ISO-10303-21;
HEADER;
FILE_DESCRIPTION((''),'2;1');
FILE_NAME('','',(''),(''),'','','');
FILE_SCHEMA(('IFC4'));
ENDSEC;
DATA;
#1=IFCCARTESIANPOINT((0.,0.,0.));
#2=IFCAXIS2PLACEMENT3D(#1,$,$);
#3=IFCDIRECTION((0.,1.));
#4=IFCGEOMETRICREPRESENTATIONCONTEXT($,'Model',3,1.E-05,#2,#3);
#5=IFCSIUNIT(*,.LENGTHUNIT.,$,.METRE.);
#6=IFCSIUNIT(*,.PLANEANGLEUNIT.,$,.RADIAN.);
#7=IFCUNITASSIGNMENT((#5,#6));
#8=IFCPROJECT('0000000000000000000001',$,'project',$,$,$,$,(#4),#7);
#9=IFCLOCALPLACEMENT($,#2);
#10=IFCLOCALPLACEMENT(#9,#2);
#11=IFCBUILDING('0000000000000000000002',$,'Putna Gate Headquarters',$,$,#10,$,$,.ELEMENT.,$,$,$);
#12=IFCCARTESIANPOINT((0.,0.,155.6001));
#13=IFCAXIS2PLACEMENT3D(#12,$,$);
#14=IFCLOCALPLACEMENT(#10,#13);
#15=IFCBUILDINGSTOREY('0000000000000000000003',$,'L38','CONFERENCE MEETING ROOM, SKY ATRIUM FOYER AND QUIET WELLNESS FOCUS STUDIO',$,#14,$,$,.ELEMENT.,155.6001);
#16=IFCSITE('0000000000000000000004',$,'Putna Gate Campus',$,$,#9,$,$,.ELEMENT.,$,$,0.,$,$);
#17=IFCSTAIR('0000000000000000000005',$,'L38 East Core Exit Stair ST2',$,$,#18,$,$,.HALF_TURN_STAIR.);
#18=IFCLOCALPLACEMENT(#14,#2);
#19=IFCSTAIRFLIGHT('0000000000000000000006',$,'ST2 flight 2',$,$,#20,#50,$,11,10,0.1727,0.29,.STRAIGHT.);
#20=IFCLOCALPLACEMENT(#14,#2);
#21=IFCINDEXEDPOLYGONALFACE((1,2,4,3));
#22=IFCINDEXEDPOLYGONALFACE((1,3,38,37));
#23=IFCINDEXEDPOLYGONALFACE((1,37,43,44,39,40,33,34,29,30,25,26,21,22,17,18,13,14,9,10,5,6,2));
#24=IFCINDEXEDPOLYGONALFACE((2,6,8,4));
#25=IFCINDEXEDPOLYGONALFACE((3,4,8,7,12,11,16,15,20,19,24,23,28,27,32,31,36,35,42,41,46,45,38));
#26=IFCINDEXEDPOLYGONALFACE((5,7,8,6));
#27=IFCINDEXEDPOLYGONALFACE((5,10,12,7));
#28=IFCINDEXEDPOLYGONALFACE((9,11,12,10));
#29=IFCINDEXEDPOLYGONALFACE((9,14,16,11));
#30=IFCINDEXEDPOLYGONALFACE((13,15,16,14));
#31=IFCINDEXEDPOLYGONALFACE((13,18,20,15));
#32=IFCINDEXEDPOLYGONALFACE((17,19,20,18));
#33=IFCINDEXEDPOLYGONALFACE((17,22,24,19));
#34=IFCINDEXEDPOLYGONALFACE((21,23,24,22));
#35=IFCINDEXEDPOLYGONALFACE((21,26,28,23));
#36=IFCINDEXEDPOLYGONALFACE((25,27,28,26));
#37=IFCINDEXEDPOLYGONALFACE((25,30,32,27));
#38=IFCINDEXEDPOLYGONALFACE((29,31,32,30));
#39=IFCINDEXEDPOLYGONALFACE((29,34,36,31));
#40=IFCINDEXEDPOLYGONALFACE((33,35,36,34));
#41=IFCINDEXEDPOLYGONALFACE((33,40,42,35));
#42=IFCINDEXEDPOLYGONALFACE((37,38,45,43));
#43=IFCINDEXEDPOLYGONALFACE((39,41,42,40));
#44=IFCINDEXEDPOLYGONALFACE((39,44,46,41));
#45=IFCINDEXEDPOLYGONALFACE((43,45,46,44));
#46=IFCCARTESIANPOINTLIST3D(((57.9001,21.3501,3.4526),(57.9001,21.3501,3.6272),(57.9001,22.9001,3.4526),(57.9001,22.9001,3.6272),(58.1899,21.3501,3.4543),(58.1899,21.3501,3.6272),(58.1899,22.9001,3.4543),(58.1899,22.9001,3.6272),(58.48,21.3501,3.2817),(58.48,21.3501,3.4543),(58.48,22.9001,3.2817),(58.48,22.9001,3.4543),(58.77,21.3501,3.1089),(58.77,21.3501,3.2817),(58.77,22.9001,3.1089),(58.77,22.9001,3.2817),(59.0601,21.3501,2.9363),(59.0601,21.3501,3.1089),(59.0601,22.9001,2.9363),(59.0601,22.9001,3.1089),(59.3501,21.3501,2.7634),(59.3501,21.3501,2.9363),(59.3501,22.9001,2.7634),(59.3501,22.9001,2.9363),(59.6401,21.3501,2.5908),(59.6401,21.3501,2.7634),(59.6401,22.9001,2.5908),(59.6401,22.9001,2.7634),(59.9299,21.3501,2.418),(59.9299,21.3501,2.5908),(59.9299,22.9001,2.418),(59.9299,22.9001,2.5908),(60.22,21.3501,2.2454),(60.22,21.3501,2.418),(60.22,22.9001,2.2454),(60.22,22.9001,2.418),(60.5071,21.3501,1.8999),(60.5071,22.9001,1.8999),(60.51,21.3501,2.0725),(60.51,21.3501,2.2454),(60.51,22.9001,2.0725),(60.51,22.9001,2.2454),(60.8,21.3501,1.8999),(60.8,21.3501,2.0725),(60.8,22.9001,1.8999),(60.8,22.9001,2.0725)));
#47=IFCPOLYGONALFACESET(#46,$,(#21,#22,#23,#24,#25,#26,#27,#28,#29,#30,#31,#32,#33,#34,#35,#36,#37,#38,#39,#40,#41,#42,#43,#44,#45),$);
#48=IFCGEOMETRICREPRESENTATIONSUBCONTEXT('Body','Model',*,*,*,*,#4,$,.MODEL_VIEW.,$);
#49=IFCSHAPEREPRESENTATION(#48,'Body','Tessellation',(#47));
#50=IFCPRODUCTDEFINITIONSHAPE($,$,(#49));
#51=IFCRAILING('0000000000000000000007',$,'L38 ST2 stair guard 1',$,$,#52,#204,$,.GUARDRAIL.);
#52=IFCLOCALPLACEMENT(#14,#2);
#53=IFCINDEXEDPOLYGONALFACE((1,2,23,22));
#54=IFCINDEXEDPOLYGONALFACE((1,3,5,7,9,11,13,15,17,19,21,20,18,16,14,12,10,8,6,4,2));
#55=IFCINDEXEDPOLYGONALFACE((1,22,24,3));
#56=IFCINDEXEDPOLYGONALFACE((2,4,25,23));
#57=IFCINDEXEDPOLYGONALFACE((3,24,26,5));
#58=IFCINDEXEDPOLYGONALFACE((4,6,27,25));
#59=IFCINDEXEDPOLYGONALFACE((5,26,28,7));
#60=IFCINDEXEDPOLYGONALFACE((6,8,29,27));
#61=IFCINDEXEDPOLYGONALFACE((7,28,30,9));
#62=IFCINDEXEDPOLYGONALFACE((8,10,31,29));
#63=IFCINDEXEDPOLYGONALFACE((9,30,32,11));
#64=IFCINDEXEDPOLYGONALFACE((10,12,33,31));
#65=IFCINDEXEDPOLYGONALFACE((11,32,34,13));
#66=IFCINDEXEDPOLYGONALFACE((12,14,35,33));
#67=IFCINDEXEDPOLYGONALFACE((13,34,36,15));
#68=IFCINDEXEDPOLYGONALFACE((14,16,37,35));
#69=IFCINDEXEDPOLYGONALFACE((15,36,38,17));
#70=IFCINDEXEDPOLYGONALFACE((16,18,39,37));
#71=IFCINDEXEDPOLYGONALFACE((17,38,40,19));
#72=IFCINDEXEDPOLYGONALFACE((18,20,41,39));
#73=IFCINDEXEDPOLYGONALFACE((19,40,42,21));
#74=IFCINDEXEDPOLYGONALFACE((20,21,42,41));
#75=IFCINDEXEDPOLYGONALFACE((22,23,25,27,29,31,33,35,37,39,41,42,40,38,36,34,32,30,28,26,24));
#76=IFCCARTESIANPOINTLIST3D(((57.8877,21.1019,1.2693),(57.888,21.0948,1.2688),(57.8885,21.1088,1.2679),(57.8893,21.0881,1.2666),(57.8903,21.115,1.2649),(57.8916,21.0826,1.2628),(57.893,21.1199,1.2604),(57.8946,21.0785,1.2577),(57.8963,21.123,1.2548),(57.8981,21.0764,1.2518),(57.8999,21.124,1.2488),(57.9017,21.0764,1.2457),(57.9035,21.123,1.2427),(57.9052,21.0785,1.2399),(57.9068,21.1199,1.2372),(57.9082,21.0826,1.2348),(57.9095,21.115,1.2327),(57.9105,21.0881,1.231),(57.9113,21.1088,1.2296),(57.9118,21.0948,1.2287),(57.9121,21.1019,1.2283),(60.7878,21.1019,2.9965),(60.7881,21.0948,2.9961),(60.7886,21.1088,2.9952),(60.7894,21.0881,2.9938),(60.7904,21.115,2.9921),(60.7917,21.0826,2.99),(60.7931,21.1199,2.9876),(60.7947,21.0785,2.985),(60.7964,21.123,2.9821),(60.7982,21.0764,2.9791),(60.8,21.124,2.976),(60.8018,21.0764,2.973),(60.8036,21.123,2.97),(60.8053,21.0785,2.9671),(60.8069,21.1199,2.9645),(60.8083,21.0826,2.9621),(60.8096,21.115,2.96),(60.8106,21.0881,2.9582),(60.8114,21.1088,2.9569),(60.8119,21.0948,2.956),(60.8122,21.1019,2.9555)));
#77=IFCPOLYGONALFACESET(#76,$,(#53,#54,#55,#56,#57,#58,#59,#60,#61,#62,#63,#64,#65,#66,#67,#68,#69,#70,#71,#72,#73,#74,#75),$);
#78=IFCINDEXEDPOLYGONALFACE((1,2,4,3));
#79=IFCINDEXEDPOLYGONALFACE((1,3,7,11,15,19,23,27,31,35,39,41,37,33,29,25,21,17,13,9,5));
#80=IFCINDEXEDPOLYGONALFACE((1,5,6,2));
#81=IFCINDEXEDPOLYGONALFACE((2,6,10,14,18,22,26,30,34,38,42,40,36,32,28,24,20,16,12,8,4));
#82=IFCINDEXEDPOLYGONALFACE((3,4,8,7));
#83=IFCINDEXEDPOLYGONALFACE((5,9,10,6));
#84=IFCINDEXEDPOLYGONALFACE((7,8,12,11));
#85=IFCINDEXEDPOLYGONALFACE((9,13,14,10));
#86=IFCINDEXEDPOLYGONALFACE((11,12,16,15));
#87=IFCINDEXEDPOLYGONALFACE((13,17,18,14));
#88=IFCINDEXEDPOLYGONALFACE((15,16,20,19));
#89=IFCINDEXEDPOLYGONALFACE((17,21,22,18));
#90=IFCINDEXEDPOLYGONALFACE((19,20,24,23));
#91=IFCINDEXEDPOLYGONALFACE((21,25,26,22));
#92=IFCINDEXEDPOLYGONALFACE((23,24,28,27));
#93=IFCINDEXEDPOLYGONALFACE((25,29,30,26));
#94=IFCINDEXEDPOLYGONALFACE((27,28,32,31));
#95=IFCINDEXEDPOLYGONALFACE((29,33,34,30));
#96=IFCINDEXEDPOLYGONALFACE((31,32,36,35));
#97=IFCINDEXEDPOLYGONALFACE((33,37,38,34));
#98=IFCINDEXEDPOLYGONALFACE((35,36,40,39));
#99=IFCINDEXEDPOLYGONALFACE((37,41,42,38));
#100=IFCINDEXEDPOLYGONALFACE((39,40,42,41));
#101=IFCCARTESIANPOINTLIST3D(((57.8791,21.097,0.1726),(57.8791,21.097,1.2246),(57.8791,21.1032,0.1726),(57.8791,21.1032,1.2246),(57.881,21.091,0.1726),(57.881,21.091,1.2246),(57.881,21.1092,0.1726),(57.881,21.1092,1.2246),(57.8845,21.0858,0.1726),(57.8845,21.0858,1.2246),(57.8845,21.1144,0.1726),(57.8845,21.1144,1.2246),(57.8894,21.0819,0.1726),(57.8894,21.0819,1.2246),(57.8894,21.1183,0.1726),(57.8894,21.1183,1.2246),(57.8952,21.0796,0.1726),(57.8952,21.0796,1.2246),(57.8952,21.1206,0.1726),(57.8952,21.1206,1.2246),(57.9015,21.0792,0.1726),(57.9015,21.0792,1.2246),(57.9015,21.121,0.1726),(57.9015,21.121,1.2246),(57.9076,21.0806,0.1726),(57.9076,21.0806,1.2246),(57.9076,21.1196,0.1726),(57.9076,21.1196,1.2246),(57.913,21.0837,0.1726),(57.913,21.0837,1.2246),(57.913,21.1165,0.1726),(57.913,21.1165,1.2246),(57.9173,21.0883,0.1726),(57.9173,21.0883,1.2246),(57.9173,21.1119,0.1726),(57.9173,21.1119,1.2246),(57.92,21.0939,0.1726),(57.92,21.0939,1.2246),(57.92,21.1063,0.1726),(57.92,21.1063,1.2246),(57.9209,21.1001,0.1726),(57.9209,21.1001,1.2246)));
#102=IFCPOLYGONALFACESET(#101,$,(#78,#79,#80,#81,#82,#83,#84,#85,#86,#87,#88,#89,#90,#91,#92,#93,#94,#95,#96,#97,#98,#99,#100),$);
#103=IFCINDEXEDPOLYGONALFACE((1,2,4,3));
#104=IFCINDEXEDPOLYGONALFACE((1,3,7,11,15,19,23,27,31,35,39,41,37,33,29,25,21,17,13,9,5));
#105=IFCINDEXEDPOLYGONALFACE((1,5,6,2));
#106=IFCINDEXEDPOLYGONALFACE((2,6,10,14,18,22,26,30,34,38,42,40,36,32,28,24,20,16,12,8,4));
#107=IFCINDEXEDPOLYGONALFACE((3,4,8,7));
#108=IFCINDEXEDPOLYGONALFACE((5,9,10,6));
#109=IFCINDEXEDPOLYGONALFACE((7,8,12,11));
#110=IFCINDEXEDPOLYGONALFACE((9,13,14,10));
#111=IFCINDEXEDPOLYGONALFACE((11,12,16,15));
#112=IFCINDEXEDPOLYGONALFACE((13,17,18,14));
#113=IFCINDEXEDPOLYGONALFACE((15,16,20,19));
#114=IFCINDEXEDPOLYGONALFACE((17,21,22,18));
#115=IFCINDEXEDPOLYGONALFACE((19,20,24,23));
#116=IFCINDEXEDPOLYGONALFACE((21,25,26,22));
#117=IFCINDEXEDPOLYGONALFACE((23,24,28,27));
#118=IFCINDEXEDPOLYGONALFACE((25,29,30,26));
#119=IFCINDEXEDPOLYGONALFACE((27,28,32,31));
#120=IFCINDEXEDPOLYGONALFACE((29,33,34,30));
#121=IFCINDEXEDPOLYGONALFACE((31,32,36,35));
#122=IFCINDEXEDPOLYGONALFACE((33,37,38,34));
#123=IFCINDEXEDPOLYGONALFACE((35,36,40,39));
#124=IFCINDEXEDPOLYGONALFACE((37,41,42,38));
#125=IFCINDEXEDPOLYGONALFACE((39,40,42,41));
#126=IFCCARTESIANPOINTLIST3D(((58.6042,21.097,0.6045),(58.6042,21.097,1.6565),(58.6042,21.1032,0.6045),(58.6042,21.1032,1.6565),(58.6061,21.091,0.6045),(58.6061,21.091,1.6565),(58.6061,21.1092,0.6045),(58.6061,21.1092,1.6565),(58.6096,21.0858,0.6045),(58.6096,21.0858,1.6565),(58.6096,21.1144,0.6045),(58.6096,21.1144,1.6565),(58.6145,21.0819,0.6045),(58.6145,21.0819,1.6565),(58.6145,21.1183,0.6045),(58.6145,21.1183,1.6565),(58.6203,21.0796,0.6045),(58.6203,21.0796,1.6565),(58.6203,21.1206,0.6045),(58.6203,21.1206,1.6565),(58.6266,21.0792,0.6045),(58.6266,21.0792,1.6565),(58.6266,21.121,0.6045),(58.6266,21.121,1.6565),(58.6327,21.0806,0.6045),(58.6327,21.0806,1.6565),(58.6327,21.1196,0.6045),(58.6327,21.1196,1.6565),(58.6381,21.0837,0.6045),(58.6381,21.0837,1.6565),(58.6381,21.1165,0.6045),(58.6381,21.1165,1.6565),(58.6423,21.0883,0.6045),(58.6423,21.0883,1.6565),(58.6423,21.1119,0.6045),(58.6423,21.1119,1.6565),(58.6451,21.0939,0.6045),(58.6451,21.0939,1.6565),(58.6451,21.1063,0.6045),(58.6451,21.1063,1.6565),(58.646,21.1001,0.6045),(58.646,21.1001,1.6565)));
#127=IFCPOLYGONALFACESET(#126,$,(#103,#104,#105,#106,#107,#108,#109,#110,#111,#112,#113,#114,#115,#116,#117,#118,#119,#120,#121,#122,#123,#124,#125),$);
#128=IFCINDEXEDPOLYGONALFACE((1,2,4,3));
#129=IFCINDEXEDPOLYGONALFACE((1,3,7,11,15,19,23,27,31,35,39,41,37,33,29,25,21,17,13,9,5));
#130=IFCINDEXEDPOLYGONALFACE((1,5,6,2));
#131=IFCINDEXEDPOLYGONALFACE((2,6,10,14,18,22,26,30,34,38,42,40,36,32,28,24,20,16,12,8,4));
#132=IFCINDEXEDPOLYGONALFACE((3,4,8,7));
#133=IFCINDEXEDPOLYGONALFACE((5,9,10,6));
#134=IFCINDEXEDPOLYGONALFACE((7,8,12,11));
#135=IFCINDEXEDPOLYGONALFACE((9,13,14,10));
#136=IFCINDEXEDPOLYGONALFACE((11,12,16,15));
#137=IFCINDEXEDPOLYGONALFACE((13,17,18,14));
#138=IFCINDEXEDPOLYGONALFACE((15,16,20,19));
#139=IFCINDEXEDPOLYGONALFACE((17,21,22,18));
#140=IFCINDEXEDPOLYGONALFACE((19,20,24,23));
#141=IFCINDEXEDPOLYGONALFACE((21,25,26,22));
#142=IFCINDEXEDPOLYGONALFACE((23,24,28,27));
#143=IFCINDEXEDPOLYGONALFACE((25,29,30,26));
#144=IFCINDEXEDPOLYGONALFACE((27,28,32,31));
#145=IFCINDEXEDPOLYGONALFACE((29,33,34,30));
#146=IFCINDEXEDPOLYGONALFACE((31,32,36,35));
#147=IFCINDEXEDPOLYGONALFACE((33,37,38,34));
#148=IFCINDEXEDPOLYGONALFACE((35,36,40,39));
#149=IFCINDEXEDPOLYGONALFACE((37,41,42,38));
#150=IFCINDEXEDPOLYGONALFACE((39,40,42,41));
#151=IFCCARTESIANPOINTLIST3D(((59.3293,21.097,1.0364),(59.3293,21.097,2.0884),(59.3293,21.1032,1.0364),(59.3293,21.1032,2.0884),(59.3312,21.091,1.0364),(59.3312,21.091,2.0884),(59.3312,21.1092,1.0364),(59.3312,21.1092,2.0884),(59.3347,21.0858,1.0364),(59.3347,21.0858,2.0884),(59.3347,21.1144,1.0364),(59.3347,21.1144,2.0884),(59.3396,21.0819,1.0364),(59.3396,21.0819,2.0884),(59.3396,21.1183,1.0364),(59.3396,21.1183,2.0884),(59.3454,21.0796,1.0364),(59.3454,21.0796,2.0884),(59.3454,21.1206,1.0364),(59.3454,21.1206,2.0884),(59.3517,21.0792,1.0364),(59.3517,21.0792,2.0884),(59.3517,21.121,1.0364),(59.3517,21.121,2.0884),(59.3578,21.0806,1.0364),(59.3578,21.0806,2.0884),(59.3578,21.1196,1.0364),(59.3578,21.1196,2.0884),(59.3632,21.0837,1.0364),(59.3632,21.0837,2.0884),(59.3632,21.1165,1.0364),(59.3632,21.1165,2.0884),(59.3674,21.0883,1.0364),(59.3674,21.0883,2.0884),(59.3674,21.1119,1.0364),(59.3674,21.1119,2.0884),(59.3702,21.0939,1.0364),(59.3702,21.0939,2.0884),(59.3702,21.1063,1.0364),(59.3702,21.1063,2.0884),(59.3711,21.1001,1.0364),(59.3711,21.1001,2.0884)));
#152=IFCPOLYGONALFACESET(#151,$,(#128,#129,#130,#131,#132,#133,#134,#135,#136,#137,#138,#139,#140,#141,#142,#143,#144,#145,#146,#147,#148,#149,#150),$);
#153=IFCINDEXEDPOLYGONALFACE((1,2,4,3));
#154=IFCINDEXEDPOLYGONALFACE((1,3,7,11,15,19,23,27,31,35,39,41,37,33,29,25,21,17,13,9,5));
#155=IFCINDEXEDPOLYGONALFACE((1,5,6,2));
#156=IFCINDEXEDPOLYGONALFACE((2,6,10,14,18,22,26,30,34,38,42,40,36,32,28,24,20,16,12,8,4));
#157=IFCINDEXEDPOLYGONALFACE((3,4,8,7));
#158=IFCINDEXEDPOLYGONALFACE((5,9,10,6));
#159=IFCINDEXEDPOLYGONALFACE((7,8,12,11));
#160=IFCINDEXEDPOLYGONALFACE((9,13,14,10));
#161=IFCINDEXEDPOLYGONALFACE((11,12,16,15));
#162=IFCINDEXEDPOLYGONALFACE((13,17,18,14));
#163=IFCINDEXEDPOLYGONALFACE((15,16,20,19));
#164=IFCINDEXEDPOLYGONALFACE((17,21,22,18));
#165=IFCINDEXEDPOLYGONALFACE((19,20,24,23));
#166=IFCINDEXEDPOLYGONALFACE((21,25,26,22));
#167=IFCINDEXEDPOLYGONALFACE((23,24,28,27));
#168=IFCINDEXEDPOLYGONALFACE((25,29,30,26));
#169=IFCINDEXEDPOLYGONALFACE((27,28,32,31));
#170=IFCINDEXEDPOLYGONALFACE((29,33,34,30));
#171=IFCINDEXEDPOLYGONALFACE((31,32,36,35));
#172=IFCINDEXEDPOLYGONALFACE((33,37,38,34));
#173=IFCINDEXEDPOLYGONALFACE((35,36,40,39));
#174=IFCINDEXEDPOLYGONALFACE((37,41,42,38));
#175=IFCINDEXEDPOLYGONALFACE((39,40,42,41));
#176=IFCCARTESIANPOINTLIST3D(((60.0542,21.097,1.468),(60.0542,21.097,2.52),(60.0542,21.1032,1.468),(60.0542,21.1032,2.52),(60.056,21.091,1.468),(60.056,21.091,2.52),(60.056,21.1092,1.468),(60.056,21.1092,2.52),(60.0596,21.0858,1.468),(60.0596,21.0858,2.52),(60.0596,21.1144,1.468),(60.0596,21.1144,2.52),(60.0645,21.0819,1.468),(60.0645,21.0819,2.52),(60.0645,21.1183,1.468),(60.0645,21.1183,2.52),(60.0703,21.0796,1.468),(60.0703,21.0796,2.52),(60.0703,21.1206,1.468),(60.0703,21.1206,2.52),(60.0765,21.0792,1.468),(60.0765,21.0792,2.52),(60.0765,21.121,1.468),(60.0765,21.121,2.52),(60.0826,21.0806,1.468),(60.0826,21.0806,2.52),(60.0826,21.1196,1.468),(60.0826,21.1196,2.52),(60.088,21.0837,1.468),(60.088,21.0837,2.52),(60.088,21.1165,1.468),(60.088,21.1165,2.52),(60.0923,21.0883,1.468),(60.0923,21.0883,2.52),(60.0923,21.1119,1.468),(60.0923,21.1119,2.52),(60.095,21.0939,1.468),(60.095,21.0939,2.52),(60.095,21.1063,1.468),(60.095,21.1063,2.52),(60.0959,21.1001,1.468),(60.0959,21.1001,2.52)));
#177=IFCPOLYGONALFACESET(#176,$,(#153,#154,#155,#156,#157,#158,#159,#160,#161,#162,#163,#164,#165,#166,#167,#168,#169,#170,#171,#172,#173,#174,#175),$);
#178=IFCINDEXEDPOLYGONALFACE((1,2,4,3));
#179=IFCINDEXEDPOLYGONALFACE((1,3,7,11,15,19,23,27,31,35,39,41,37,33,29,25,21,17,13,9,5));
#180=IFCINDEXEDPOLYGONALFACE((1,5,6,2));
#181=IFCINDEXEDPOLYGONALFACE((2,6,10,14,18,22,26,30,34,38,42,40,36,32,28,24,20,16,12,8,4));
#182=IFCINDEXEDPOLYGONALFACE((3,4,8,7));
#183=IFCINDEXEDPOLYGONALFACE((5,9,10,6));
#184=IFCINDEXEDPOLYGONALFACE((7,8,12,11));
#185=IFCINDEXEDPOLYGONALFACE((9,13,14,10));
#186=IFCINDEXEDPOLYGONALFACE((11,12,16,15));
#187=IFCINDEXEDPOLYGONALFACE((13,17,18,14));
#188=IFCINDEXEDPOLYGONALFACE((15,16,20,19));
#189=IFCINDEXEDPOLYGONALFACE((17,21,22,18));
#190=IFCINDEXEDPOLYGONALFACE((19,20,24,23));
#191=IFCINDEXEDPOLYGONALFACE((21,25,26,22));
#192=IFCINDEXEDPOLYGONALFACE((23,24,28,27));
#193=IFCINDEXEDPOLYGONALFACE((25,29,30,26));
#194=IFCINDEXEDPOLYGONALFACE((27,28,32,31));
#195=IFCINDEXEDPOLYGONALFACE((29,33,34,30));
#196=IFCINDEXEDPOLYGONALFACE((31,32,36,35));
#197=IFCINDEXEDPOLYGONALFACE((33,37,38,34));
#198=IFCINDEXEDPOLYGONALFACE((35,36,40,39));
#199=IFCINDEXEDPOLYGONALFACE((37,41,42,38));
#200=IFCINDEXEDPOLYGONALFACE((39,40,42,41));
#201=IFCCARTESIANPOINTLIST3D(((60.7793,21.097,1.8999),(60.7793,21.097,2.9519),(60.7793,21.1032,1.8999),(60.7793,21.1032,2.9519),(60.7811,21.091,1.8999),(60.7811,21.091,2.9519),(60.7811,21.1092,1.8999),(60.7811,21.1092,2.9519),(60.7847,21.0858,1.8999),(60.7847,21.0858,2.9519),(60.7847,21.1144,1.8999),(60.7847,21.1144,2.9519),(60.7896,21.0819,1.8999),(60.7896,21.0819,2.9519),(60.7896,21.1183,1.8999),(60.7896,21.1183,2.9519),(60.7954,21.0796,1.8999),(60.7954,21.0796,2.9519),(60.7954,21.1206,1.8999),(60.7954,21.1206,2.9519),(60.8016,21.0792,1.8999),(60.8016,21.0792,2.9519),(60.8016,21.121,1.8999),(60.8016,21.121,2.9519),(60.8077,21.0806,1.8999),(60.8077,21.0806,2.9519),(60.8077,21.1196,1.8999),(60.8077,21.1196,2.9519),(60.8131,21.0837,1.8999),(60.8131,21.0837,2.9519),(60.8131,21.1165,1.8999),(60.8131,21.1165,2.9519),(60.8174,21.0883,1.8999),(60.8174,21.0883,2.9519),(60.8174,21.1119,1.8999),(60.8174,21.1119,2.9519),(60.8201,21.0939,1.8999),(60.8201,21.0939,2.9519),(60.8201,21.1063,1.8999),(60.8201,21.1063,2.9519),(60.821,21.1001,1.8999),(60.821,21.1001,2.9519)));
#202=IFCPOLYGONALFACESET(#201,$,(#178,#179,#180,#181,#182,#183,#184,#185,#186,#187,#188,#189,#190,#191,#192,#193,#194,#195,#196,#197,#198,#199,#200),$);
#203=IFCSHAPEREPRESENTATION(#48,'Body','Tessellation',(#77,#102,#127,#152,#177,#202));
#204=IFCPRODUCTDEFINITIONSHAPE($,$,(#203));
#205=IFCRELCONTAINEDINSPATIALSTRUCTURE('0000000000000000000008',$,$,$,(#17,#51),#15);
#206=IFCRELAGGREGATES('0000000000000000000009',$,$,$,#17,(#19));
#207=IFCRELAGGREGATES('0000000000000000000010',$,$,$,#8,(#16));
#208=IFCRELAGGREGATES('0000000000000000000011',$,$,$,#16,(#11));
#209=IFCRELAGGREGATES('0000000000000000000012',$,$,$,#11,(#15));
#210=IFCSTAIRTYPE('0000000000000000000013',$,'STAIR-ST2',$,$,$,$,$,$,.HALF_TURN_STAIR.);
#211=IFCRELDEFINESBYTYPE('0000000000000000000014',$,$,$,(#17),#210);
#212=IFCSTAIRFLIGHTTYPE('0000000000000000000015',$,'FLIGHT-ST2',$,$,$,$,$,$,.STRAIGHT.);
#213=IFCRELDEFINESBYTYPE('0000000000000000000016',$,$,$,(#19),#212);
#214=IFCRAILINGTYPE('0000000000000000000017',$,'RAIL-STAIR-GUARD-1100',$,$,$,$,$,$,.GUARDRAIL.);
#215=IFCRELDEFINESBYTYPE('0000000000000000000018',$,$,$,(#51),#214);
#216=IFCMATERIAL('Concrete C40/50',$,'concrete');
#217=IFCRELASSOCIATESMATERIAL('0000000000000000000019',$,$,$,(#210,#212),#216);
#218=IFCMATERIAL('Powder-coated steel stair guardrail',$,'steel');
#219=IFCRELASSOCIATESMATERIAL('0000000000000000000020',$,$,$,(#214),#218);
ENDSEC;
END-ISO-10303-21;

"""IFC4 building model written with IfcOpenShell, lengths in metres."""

from ifc_helpers import new_model, si_unit, direction, frame, origin, origin_2d, place, context, subcontext, project, spatial, polyline, circle, outline, extrude, material, type_object, element, aggregate, save


model = new_model("IFC4")

# Units and contexts
model_context = context("Model", 3, precision=1e-05, world=origin(), true_north=direction((0.0, 1.0)))
body_context = subcontext(model_context, "Body", "Model", "MODEL_VIEW")
ifc_project = project(units=[si_unit("LENGTHUNIT", "METRE"), si_unit("PLANEANGLEUNIT", "RADIAN")], contexts=[model_context])

# Site, building, storey
site_placement = place(None, origin())
site = spatial("IfcSite", under=ifc_project, at=site_placement, Name="Putna Gate Campus", CompositionType="ELEMENT", RefElevation=0.0)
building_placement = place(site_placement, origin())
building = spatial("IfcBuilding", under=site, at=building_placement, Name="Putna Gate Headquarters", CompositionType="ELEMENT")
storey_placement = place(building_placement, frame((0.0, 0.0, 155.6001)))
storey = spatial("IfcBuildingStorey", under=building, at=storey_placement, Name="L38", Description="CONFERENCE MEETING ROOM, SKY ATRIUM FOYER AND QUIET WELLNESS FOCUS STUDIO", CompositionType="ELEMENT", Elevation=155.6001)

# Shared definitions
ifc_material_1 = material(Name="Concrete C40/50", Category="concrete")

# Stair, stair flight
stair_type = type_object("IfcStairType", Name="STAIR-ST2", PredefinedType="HALF_TURN_STAIR", material=ifc_material_1)
stair_placement = place(storey_placement, origin())
stair = element("IfcStair", 1, at=stair_placement, inside=storey, type_object=stair_type, Name="L38 East Core Exit Stair ST2", PredefinedType="HALF_TURN_STAIR")
stair_flight_type = type_object("IfcStairFlightType", Name="FLIGHT-ST2", PredefinedType="STRAIGHT", material=ifc_material_1)
stair_flight_1_placement = place(storey_placement, frame((60.8, 22.125, 1.8999), z_axis=(0.0, 0.0, 1.0), x_axis=(-1.0, 0.0, 0.0)))
stair_flight_1 = element("IfcStairFlight", 2, at=stair_flight_1_placement, type_object=stair_flight_type, Name="ST2 flight 2", NumberOfRisers=11, NumberOfTreads=10, PredefinedType="STRAIGHT", RiserHeight=0.1727, TreadLength=0.29, context=body_context, shape_type="SweptSolid", body=[
    extrude(outline(polyline([(0.0, 0.0), (0.0, 0.1726), (0.29, 0.1726), (0.29, 0.3455), (0.5801, 0.3455), (0.5801, 0.5181), (0.8701, 0.5181), (0.8701, 0.6909), (1.1599, 0.6909), (1.1599, 0.8635), (1.45, 0.8635), (1.45, 1.0364), (1.74, 1.0364), (1.74, 1.209), (2.03, 1.209), (2.03, 1.3818), (2.3201, 1.3818), (2.3201, 1.5544), (2.6101, 1.5544), (2.6101, 1.7273), (2.8999, 1.7273), (2.8999, 1.8999), (2.8999, 1.5527), (0.293, 0.0), (0.0, 0.0)])), frame((0.0, 0.7749, 0.0), z_axis=(0.0, -1.0, 0.0), x_axis=(1.0, 0.0, 0.0)), (0.0, 0.0, 1.0), 1.55),
])
aggregate(stair, [stair_flight_1])

# Railing
ifc_material_2 = material(Name="Powder-coated steel stair guardrail", Category="steel")
railing_type_1 = type_object("IfcRailingType", Name="RAIL-STAIR-GUARD-1100", PredefinedType="GUARDRAIL", material=ifc_material_2)
railing_1_placement = place(storey_placement, frame((57.8999, 21.1001, 0.1726)))
element("IfcRailing", 3, at=railing_1_placement, inside=storey, type_object=railing_type_1, Name="L38 ST2 stair guard 1", PredefinedType="GUARDRAIL", context=body_context, shape_type="SweptSolid", body=[
    extrude(circle(Radius=0.0239, at=origin_2d()), frame((0.0, 0.0, 1.0762), z_axis=(0.85916, 0.0, 0.511706), x_axis=(0.0, 1.0, 0.0)), (0.0, 0.0, 1.0), 3.3755),
    extrude(circle(Radius=0.021, at=origin_2d()), origin(), (0.0, 0.0, 1.0), 1.052),
    extrude(circle(Radius=0.021, at=origin_2d()), frame((0.7251, 0.0, 0.4319)), (0.0, 0.0, 1.0), 1.052),
    extrude(circle(Radius=0.021, at=origin_2d()), frame((1.4502, 0.0, 0.8638)), (0.0, 0.0, 1.0), 1.052),
    extrude(circle(Radius=0.021, at=origin_2d()), frame((2.175, 0.0, 1.2954)), (0.0, 0.0, 1.0), 1.052),
    extrude(circle(Radius=0.021, at=origin_2d()), frame((2.9001, 0.0, 1.7273)), (0.0, 0.0, 1.0), 1.052),
])

save(model, "model.ifc")
